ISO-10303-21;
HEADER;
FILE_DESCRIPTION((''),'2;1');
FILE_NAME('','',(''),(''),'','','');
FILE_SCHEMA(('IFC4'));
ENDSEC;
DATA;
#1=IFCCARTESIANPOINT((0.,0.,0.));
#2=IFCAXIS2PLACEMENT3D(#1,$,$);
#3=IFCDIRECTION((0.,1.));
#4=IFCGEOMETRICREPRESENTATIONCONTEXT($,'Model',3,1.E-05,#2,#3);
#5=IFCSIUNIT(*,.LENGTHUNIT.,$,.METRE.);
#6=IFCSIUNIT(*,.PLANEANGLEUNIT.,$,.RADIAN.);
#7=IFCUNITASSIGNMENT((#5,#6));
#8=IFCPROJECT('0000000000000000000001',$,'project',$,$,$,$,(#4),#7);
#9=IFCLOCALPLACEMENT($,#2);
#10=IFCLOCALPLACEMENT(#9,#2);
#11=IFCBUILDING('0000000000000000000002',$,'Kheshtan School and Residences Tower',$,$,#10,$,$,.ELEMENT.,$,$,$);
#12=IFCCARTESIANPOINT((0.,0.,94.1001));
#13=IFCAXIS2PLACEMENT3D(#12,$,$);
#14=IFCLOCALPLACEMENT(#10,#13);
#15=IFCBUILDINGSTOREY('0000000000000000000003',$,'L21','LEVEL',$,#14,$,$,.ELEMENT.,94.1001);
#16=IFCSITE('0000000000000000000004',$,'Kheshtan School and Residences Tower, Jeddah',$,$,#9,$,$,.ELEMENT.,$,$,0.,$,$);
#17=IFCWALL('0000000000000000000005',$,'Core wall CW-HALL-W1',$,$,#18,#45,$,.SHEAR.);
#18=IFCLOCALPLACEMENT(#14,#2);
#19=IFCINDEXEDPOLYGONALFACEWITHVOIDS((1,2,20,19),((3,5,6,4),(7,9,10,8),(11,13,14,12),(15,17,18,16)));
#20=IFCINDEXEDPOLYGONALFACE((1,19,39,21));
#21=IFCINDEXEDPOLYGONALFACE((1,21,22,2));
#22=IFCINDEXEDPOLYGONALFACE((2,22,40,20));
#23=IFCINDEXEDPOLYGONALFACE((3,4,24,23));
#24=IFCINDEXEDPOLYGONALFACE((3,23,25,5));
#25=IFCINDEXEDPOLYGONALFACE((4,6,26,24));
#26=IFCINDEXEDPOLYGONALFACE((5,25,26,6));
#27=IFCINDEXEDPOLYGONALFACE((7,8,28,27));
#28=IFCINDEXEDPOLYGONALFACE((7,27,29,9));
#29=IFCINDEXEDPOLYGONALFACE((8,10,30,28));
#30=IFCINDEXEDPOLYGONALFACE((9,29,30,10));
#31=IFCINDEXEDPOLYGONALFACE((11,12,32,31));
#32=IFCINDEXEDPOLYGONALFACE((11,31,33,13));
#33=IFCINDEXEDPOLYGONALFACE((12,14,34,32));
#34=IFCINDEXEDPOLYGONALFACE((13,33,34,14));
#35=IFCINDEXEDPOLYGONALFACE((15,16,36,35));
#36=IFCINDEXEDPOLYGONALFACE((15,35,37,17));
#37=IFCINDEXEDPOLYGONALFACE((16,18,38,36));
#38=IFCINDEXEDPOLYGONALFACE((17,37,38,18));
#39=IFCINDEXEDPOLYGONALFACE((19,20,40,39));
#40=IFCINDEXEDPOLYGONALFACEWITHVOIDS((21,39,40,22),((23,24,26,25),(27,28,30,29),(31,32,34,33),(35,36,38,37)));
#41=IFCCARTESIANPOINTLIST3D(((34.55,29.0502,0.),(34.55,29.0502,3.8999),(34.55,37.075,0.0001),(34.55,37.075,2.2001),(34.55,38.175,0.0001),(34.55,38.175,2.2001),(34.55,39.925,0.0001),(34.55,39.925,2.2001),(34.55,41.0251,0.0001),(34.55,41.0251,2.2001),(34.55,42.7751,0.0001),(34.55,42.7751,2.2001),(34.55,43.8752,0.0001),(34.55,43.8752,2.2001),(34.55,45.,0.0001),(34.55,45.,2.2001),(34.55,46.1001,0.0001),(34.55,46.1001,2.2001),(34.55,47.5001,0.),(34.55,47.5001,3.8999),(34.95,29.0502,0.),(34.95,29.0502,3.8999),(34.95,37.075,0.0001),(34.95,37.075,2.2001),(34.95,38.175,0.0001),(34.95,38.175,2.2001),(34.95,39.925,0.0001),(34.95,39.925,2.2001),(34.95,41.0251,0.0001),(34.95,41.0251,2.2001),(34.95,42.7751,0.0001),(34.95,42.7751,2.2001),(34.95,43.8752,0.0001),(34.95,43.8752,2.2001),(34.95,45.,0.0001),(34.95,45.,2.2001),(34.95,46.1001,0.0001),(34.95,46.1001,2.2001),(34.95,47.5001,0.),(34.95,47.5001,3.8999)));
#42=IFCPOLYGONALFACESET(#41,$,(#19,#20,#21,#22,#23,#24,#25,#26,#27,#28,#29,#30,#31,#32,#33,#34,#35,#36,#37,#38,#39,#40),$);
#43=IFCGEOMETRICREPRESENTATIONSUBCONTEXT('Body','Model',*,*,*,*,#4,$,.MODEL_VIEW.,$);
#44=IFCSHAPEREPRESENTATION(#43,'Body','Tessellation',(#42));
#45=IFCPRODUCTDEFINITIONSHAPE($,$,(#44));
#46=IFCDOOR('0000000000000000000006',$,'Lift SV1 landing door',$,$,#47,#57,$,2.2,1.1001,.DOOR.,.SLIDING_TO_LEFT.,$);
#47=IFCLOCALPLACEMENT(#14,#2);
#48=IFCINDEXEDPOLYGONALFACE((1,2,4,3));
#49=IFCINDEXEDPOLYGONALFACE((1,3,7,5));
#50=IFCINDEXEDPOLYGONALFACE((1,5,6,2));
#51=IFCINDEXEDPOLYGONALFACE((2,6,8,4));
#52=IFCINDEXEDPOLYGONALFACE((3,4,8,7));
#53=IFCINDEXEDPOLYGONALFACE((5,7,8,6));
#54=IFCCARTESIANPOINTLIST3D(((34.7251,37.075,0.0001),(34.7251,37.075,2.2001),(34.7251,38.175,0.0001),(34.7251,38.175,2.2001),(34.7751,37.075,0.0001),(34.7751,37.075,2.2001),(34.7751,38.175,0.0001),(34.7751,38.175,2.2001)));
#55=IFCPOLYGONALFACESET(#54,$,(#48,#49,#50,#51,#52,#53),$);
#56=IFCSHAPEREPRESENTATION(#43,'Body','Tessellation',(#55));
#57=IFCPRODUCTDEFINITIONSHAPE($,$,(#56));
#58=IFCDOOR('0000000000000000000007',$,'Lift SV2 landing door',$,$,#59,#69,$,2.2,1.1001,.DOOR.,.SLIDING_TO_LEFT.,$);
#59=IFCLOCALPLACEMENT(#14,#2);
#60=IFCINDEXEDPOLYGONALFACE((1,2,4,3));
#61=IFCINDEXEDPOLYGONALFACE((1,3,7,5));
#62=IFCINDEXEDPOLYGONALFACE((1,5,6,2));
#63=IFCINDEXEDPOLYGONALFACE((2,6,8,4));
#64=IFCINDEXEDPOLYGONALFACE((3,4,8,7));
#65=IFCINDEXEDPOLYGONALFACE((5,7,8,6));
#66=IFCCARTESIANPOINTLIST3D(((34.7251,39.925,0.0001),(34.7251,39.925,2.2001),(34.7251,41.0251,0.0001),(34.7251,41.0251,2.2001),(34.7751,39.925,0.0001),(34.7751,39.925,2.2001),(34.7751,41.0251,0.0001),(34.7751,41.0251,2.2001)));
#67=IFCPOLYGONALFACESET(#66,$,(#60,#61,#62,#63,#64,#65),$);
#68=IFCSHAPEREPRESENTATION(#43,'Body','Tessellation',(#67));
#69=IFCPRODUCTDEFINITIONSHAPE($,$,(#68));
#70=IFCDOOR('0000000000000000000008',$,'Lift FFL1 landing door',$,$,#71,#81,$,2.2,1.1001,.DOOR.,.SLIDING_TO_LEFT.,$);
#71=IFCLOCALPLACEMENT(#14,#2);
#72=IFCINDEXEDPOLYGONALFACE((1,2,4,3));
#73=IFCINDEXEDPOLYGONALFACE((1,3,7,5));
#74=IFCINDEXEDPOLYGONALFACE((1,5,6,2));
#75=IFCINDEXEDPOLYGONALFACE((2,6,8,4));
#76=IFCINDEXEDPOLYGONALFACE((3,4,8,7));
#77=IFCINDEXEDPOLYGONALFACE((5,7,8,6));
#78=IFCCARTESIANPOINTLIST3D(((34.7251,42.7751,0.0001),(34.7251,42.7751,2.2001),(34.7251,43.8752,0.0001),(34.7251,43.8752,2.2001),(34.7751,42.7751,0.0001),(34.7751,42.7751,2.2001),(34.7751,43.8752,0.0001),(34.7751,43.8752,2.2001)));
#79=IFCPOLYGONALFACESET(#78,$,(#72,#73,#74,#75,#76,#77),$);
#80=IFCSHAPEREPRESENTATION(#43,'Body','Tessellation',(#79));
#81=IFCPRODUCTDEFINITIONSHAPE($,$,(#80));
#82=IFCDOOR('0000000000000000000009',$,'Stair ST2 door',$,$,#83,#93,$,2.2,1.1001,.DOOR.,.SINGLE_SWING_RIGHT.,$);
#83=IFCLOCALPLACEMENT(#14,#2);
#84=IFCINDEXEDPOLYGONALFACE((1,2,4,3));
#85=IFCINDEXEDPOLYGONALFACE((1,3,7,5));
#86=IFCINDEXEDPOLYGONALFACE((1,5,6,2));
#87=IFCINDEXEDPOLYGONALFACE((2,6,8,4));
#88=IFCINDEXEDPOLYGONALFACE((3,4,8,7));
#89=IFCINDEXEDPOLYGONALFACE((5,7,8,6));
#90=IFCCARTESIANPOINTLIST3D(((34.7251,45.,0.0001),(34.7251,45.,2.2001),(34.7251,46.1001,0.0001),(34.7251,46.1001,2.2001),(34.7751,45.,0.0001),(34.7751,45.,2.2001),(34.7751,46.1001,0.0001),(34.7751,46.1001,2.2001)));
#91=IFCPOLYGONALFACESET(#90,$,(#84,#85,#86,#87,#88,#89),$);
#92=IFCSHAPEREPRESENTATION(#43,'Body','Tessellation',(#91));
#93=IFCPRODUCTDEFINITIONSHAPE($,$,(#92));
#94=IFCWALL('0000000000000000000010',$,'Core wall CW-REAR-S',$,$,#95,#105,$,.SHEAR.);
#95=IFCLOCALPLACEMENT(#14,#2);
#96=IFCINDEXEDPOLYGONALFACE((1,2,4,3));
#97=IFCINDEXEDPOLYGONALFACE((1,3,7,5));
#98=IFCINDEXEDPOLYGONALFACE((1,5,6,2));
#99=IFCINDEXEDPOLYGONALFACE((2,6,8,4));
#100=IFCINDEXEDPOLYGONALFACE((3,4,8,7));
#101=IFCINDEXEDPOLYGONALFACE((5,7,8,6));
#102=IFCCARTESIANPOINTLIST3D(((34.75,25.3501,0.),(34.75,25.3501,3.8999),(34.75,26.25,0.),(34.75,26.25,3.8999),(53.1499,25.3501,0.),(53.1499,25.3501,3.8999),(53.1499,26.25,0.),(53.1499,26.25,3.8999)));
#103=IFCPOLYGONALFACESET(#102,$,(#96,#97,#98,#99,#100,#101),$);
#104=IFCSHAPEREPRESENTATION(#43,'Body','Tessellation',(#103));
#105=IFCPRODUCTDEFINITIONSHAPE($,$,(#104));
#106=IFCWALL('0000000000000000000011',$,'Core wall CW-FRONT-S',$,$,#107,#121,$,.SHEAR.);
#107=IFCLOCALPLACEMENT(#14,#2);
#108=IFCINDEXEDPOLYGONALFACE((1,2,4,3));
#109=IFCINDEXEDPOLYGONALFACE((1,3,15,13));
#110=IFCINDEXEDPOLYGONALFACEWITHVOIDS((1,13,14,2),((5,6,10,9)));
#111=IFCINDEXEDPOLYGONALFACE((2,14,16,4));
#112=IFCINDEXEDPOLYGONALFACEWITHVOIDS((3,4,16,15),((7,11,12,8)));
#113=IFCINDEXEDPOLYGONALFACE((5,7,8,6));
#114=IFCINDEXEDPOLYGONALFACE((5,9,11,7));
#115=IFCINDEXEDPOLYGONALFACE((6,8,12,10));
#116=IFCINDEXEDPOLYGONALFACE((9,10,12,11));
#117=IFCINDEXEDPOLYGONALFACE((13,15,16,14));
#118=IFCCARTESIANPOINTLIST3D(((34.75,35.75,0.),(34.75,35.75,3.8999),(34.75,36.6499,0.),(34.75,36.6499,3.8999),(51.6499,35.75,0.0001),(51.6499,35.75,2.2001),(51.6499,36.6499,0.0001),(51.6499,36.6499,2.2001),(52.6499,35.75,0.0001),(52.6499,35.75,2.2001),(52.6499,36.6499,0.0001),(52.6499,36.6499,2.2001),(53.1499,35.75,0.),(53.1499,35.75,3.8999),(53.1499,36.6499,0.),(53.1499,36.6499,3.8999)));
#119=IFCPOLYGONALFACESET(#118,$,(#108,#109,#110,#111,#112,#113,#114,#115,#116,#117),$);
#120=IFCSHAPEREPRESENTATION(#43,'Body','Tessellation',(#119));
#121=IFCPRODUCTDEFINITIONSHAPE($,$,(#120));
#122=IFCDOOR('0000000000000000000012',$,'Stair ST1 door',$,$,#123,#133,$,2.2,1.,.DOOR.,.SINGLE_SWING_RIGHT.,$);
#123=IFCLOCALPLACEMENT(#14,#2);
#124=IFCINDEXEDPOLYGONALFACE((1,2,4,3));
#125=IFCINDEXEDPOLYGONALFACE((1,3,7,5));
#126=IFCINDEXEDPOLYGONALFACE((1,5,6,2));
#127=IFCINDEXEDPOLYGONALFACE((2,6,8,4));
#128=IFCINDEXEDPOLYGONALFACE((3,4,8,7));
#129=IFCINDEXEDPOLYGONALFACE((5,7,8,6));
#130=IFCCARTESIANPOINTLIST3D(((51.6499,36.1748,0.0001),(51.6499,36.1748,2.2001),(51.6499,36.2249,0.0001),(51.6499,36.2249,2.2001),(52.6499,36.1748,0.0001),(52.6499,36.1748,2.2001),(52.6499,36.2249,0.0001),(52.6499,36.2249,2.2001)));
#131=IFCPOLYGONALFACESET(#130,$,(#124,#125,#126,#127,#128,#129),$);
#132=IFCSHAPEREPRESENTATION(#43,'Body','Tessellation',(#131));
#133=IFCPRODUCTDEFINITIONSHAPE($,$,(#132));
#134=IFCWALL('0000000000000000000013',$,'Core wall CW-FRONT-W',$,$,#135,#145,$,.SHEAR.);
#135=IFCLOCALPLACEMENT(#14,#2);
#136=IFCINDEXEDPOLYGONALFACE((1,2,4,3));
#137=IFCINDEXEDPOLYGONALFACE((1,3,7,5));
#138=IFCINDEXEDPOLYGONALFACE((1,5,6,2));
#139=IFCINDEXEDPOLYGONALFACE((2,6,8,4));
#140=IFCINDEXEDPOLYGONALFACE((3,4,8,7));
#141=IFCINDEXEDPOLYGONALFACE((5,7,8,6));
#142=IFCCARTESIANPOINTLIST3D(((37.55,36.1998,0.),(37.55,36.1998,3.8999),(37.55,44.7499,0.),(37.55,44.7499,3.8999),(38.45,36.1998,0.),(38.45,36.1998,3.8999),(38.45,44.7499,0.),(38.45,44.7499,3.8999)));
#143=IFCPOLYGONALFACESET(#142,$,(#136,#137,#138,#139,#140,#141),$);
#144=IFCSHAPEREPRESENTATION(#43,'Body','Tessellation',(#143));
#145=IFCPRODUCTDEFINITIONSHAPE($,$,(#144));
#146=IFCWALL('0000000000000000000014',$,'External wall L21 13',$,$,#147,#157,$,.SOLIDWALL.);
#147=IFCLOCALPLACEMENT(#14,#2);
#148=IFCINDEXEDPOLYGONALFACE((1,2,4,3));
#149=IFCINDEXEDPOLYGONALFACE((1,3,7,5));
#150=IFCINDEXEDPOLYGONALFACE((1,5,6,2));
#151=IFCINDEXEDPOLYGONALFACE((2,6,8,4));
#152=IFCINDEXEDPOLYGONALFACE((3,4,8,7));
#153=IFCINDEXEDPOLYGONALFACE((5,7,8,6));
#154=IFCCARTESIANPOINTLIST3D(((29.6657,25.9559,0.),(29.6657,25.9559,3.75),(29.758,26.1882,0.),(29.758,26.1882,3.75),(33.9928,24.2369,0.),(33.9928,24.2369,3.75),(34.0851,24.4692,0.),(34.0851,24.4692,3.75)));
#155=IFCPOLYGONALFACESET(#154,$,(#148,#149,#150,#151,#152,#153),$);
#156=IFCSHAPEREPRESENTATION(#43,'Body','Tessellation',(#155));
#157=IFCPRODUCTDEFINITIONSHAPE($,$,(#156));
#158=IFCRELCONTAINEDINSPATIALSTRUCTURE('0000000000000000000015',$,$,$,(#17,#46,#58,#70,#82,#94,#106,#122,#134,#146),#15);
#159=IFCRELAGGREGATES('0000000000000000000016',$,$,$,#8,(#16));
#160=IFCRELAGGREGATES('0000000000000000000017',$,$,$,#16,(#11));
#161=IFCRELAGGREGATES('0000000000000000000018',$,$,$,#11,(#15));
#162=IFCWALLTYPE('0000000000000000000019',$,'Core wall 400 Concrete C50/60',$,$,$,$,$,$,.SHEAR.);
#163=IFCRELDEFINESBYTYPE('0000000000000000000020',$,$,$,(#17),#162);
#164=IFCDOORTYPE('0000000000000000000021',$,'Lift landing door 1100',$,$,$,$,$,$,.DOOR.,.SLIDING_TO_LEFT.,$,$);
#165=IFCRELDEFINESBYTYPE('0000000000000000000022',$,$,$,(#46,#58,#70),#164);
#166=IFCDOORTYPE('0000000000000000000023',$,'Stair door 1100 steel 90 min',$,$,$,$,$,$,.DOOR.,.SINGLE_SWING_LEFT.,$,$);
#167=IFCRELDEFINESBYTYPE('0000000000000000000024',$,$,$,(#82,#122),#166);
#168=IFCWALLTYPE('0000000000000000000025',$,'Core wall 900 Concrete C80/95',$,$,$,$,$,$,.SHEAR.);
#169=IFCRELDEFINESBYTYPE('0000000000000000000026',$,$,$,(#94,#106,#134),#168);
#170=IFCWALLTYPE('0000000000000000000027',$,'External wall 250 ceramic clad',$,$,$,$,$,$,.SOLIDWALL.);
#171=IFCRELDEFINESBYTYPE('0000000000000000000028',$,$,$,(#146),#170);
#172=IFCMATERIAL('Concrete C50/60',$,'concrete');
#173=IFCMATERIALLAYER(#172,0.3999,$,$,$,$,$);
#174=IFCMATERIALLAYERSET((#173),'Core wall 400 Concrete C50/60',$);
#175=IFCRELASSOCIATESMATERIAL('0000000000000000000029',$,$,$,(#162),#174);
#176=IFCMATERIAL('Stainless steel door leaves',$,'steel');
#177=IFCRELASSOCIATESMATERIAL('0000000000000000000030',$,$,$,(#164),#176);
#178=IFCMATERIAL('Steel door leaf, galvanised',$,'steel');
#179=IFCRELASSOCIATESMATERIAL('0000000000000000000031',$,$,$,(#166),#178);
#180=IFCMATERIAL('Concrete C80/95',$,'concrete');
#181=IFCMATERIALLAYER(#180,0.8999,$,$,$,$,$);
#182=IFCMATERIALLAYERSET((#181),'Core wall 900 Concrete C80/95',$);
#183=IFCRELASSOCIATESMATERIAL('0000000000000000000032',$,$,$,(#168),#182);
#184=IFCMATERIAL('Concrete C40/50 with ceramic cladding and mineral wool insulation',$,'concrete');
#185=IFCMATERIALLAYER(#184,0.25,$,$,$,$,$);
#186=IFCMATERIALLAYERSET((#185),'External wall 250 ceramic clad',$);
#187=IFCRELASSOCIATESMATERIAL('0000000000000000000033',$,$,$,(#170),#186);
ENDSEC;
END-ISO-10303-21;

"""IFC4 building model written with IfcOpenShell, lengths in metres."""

from ifc_helpers import new_model, si_unit, direction, frame, frame_2d, origin, place, context, subcontext, project, spatial, rectangle, extrude, source, transform, mapped, material, layer, layer_set, type_object, element, fill, save


model = new_model("IFC4")

# Units and contexts
model_context = context("Model", 3, precision=1e-05, world=origin(), true_north=direction((0.0, 1.0)))
body_context = subcontext(model_context, "Body", "Model", "MODEL_VIEW")
ifc_project = project(units=[si_unit("LENGTHUNIT", "METRE"), si_unit("PLANEANGLEUNIT", "RADIAN")], contexts=[model_context])

# Site, building, storey
site_placement = place(None, origin())
site = spatial("IfcSite", under=ifc_project, at=site_placement, Name="Kheshtan School and Residences Tower, Jeddah", CompositionType="ELEMENT", RefElevation=0.0)
building_placement = place(site_placement, origin())
building = spatial("IfcBuilding", under=site, at=building_placement, Name="Kheshtan School and Residences Tower", CompositionType="ELEMENT")
storey_placement = place(building_placement, frame((0.0, 0.0, 94.1001)))
storey = spatial("IfcBuildingStorey", under=building, at=storey_placement, Name="L21", Description="LEVEL", CompositionType="ELEMENT", Elevation=94.1001)

# Shared definitions
ifc_material_1 = material(Name="Concrete C50/60", Category="concrete")
ifc_layer_1 = layer(ifc_material_1, 0.3999)
ifc_layer_set_1 = layer_set([ifc_layer_1], Name="Core wall 400 Concrete C50/60")
wall_type_1 = type_object("IfcWallType", Name="Core wall 400 Concrete C50/60", PredefinedType="SHEAR", material=ifc_layer_set_1)
ifc_material_2 = material(Name="Stainless steel door leaves", Category="steel")
door_type_1 = type_object("IfcDoorType", Name="Lift landing door 1100", OperationType="SLIDING_TO_LEFT", PredefinedType="DOOR", material=ifc_material_2)
shared_shape_1 = source(origin(), body_context, "Body", "SweptSolid", [
    extrude(rectangle(XDim=1.1001, YDim=2.2, at=frame_2d((0.55, 1.1001))), frame((0.0, 0.0249, 0.0), z_axis=(0.0, -1.0, 0.0), x_axis=(1.0, 0.0, 0.0)), (0.0, 0.0, 1.0), 0.05),
])

# Wall, openings, doors
wall_1_placement = place(storey_placement, frame((34.75, 29.05, 0.0), z_axis=(0.0, 0.0, 1.0), x_axis=(0.0, 1.0, 0.0)))
wall_1 = element("IfcWall", 1, at=wall_1_placement, inside=storey, type_object=wall_type_1, Name="Core wall CW-HALL-W1", PredefinedType="SHEAR", context=body_context, shape_type="SweptSolid", body=[
    extrude(rectangle(XDim=18.45, YDim=0.3999, at=frame_2d((9.2251, 0.0))), origin(), (0.0, 0.0, 1.0), 3.8999),
])
opening_1_placement = place(wall_1_placement, frame((8.0249, 0.0, 0.0)))
opening_1 = element("IfcOpeningElement", 2, at=opening_1_placement, cuts=wall_1, PredefinedType="OPENING", context=body_context, shape_type="SweptSolid", body=[
    extrude(rectangle(XDim=1.1001, YDim=2.2, at=frame_2d((0.55, 1.1001))), frame((0.0, 0.21, 0.0), z_axis=(0.0, -1.0, 0.0), x_axis=(1.0, 0.0, 0.0)), (0.0, 0.0, 1.0), 0.4199),
])
opening_2_placement = place(wall_1_placement, frame((10.875, 0.0, 0.0)))
opening_2 = element("IfcOpeningElement", 3, at=opening_2_placement, cuts=wall_1, PredefinedType="OPENING", context=body_context, shape_type="SweptSolid", body=[
    extrude(rectangle(XDim=1.1001, YDim=2.2, at=frame_2d((0.55, 1.1001))), frame((0.0, 0.21, 0.0), z_axis=(0.0, -1.0, 0.0), x_axis=(1.0, 0.0, 0.0)), (0.0, 0.0, 1.0), 0.4199),
])
opening_3_placement = place(wall_1_placement, frame((13.7251, 0.0, 0.0)))
opening_3 = element("IfcOpeningElement", 4, at=opening_3_placement, cuts=wall_1, PredefinedType="OPENING", context=body_context, shape_type="SweptSolid", body=[
    extrude(rectangle(XDim=1.1001, YDim=2.2, at=frame_2d((0.55, 1.1001))), frame((0.0, 0.21, 0.0), z_axis=(0.0, -1.0, 0.0), x_axis=(1.0, 0.0, 0.0)), (0.0, 0.0, 1.0), 0.4199),
])
opening_4_placement = place(wall_1_placement, frame((15.95, 0.0, 0.0)))
opening_4 = element("IfcOpeningElement", 5, at=opening_4_placement, cuts=wall_1, PredefinedType="OPENING", context=body_context, shape_type="SweptSolid", body=[
    extrude(rectangle(XDim=1.1001, YDim=2.2, at=frame_2d((0.55, 1.1001))), frame((0.0, 0.21, 0.0), z_axis=(0.0, -1.0, 0.0), x_axis=(1.0, 0.0, 0.0)), (0.0, 0.0, 1.0), 0.4199),
])
door_1_placement = place(opening_1_placement, origin())
door_1 = element("IfcDoor", 6, at=door_1_placement, inside=storey, type_object=door_type_1, Name="Lift SV1 landing door", OperationType="SLIDING_TO_LEFT", OverallHeight=2.2, OverallWidth=1.1001, PredefinedType="DOOR", context=body_context, shape_type="MappedRepresentation", body=[
    mapped(shared_shape_1, transform((0.0, 0.0, 0.0), x_axis=(1.0, 0.0, 0.0), y_axis=(0.0, 1.0, 0.0), z_axis=(0.0, 0.0, 1.0), scale=1.0)),
])
fill(opening_1, door_1)
door_2_placement = place(opening_2_placement, origin())
door_2 = element("IfcDoor", 7, at=door_2_placement, inside=storey, type_object=door_type_1, Name="Lift SV2 landing door", OperationType="SLIDING_TO_LEFT", OverallHeight=2.2, OverallWidth=1.1001, PredefinedType="DOOR", context=body_context, shape_type="MappedRepresentation", body=[
    mapped(shared_shape_1, transform((0.0, 0.0, 0.0), x_axis=(1.0, 0.0, 0.0), y_axis=(0.0, 1.0, 0.0), z_axis=(0.0, 0.0, 1.0), scale=1.0)),
])
fill(opening_2, door_2)
door_3_placement = place(opening_3_placement, origin())
door_3 = element("IfcDoor", 8, at=door_3_placement, inside=storey, type_object=door_type_1, Name="Lift FFL1 landing door", OperationType="SLIDING_TO_LEFT", OverallHeight=2.2, OverallWidth=1.1001, PredefinedType="DOOR", context=body_context, shape_type="MappedRepresentation", body=[
    mapped(shared_shape_1, transform((0.0, 0.0, 0.0), x_axis=(1.0, 0.0, 0.0), y_axis=(0.0, 1.0, 0.0), z_axis=(0.0, 0.0, 1.0), scale=1.0)),
])
fill(opening_3, door_3)
ifc_material_3 = material(Name="Steel door leaf, galvanised", Category="steel")
door_type_2 = type_object("IfcDoorType", Name="Stair door 1100 steel 90 min", OperationType="SINGLE_SWING_LEFT", PredefinedType="DOOR", material=ifc_material_3)
shared_shape_2 = source(origin(), body_context, "Body", "SweptSolid", [
    extrude(rectangle(XDim=1.1001, YDim=2.2, at=frame_2d((0.55, 1.1001))), frame((0.0, 0.0249, 0.0), z_axis=(0.0, -1.0, 0.0), x_axis=(1.0, 0.0, 0.0)), (0.0, 0.0, 1.0), 0.05),
])
door_4_placement = place(opening_4_placement, origin())
door_4 = element("IfcDoor", 9, at=door_4_placement, inside=storey, type_object=door_type_2, Name="Stair ST2 door", OperationType="SINGLE_SWING_RIGHT", OverallHeight=2.2, OverallWidth=1.1001, PredefinedType="DOOR", context=body_context, shape_type="MappedRepresentation", body=[
    mapped(shared_shape_2, transform((0.0, 0.0, 0.0), x_axis=(1.0, 0.0, 0.0), y_axis=(0.0, 1.0, 0.0), z_axis=(0.0, 0.0, 1.0), scale=1.0)),
])
fill(opening_4, door_4)

# Wall
ifc_material_4 = material(Name="Concrete C80/95", Category="concrete")
ifc_layer_2 = layer(ifc_material_4, 0.8999)
ifc_layer_set_2 = layer_set([ifc_layer_2], Name="Core wall 900 Concrete C80/95")
wall_type_2 = type_object("IfcWallType", Name="Core wall 900 Concrete C80/95", PredefinedType="SHEAR", material=ifc_layer_set_2)
wall_2_placement = place(storey_placement, frame((34.75, 25.8, 0.0), z_axis=(0.0, 0.0, 1.0), x_axis=(1.0, 0.0, 0.0)))
element("IfcWall", 10, at=wall_2_placement, inside=storey, type_object=wall_type_2, Name="Core wall CW-REAR-S", PredefinedType="SHEAR", context=body_context, shape_type="SweptSolid", body=[
    extrude(rectangle(XDim=18.3999, YDim=0.8999, at=frame_2d((9.2, 0.0))), origin(), (0.0, 0.0, 1.0), 3.8999),
])

# Wall, opening, door
wall_3_placement = place(storey_placement, frame((34.75, 36.2, 0.0), z_axis=(0.0, 0.0, 1.0), x_axis=(1.0, 0.0, 0.0)))
wall_3 = element("IfcWall", 11, at=wall_3_placement, inside=storey, type_object=wall_type_2, Name="Core wall CW-FRONT-S", PredefinedType="SHEAR", context=body_context, shape_type="SweptSolid", body=[
    extrude(rectangle(XDim=18.3999, YDim=0.8999, at=frame_2d((9.2, 0.0))), origin(), (0.0, 0.0, 1.0), 3.8999),
])
opening_5_placement = place(wall_3_placement, frame((16.8999, 0.0, 0.0)))
opening_5 = element("IfcOpeningElement", 12, at=opening_5_placement, cuts=wall_3, PredefinedType="OPENING", context=body_context, shape_type="SweptSolid", body=[
    extrude(rectangle(XDim=1.0, YDim=2.2, at=frame_2d((0.5, 1.1001))), frame((0.0, 0.46, 0.0), z_axis=(0.0, -1.0, 0.0), x_axis=(1.0, 0.0, 0.0)), (0.0, 0.0, 1.0), 0.9199),
])
shared_shape_3 = source(origin(), body_context, "Body", "SweptSolid", [
    extrude(rectangle(XDim=1.0, YDim=2.2, at=frame_2d((0.5, 1.1001))), frame((0.0, 0.0249, 0.0), z_axis=(0.0, -1.0, 0.0), x_axis=(1.0, 0.0, 0.0)), (0.0, 0.0, 1.0), 0.05),
])
door_5_placement = place(opening_5_placement, origin())
door_5 = element("IfcDoor", 13, at=door_5_placement, inside=storey, type_object=door_type_2, Name="Stair ST1 door", OperationType="SINGLE_SWING_RIGHT", OverallHeight=2.2, OverallWidth=1.0, PredefinedType="DOOR", context=body_context, shape_type="MappedRepresentation", body=[
    mapped(shared_shape_3, transform((0.0, 0.0, 0.0), x_axis=(1.0, 0.0, 0.0), y_axis=(0.0, 1.0, 0.0), z_axis=(0.0, 0.0, 1.0), scale=1.0)),
])
fill(opening_5, door_5)

# Walls
wall_4_placement = place(storey_placement, frame((38.0, 36.2, 0.0), z_axis=(0.0, 0.0, 1.0), x_axis=(0.0, 1.0, 0.0)))
element("IfcWall", 14, at=wall_4_placement, inside=storey, type_object=wall_type_2, Name="Core wall CW-FRONT-W", PredefinedType="SHEAR", context=body_context, shape_type="SweptSolid", body=[
    extrude(rectangle(XDim=8.55, YDim=0.8999, at=frame_2d((4.2749, 0.0))), origin(), (0.0, 0.0, 1.0), 3.8999),
])
ifc_material_5 = material(Name="Concrete C40/50 with ceramic cladding and mineral wool insulation", Category="concrete")
ifc_layer_3 = layer(ifc_material_5, 0.25)
ifc_layer_set_3 = layer_set([ifc_layer_3], Name="External wall 250 ceramic clad")
wall_type_3 = type_object("IfcWallType", Name="External wall 250 ceramic clad", PredefinedType="SOLIDWALL", material=ifc_layer_set_3)
wall_5_placement = place(storey_placement, frame((34.0391, 24.353, 0.0), z_axis=(0.0, 0.0, 1.0), x_axis=(-0.929353, 0.369193, 0.0)))
element("IfcWall", 15, at=wall_5_placement, inside=storey, type_object=wall_type_3, Name="External wall L21 13", PredefinedType="SOLIDWALL", context=body_context, shape_type="SweptSolid", body=[
    extrude(rectangle(XDim=4.656, YDim=0.25, at=frame_2d((2.3281, 0.0))), origin(), (0.0, 0.0, 1.0), 3.75),
])

save(model, "model.ifc")
